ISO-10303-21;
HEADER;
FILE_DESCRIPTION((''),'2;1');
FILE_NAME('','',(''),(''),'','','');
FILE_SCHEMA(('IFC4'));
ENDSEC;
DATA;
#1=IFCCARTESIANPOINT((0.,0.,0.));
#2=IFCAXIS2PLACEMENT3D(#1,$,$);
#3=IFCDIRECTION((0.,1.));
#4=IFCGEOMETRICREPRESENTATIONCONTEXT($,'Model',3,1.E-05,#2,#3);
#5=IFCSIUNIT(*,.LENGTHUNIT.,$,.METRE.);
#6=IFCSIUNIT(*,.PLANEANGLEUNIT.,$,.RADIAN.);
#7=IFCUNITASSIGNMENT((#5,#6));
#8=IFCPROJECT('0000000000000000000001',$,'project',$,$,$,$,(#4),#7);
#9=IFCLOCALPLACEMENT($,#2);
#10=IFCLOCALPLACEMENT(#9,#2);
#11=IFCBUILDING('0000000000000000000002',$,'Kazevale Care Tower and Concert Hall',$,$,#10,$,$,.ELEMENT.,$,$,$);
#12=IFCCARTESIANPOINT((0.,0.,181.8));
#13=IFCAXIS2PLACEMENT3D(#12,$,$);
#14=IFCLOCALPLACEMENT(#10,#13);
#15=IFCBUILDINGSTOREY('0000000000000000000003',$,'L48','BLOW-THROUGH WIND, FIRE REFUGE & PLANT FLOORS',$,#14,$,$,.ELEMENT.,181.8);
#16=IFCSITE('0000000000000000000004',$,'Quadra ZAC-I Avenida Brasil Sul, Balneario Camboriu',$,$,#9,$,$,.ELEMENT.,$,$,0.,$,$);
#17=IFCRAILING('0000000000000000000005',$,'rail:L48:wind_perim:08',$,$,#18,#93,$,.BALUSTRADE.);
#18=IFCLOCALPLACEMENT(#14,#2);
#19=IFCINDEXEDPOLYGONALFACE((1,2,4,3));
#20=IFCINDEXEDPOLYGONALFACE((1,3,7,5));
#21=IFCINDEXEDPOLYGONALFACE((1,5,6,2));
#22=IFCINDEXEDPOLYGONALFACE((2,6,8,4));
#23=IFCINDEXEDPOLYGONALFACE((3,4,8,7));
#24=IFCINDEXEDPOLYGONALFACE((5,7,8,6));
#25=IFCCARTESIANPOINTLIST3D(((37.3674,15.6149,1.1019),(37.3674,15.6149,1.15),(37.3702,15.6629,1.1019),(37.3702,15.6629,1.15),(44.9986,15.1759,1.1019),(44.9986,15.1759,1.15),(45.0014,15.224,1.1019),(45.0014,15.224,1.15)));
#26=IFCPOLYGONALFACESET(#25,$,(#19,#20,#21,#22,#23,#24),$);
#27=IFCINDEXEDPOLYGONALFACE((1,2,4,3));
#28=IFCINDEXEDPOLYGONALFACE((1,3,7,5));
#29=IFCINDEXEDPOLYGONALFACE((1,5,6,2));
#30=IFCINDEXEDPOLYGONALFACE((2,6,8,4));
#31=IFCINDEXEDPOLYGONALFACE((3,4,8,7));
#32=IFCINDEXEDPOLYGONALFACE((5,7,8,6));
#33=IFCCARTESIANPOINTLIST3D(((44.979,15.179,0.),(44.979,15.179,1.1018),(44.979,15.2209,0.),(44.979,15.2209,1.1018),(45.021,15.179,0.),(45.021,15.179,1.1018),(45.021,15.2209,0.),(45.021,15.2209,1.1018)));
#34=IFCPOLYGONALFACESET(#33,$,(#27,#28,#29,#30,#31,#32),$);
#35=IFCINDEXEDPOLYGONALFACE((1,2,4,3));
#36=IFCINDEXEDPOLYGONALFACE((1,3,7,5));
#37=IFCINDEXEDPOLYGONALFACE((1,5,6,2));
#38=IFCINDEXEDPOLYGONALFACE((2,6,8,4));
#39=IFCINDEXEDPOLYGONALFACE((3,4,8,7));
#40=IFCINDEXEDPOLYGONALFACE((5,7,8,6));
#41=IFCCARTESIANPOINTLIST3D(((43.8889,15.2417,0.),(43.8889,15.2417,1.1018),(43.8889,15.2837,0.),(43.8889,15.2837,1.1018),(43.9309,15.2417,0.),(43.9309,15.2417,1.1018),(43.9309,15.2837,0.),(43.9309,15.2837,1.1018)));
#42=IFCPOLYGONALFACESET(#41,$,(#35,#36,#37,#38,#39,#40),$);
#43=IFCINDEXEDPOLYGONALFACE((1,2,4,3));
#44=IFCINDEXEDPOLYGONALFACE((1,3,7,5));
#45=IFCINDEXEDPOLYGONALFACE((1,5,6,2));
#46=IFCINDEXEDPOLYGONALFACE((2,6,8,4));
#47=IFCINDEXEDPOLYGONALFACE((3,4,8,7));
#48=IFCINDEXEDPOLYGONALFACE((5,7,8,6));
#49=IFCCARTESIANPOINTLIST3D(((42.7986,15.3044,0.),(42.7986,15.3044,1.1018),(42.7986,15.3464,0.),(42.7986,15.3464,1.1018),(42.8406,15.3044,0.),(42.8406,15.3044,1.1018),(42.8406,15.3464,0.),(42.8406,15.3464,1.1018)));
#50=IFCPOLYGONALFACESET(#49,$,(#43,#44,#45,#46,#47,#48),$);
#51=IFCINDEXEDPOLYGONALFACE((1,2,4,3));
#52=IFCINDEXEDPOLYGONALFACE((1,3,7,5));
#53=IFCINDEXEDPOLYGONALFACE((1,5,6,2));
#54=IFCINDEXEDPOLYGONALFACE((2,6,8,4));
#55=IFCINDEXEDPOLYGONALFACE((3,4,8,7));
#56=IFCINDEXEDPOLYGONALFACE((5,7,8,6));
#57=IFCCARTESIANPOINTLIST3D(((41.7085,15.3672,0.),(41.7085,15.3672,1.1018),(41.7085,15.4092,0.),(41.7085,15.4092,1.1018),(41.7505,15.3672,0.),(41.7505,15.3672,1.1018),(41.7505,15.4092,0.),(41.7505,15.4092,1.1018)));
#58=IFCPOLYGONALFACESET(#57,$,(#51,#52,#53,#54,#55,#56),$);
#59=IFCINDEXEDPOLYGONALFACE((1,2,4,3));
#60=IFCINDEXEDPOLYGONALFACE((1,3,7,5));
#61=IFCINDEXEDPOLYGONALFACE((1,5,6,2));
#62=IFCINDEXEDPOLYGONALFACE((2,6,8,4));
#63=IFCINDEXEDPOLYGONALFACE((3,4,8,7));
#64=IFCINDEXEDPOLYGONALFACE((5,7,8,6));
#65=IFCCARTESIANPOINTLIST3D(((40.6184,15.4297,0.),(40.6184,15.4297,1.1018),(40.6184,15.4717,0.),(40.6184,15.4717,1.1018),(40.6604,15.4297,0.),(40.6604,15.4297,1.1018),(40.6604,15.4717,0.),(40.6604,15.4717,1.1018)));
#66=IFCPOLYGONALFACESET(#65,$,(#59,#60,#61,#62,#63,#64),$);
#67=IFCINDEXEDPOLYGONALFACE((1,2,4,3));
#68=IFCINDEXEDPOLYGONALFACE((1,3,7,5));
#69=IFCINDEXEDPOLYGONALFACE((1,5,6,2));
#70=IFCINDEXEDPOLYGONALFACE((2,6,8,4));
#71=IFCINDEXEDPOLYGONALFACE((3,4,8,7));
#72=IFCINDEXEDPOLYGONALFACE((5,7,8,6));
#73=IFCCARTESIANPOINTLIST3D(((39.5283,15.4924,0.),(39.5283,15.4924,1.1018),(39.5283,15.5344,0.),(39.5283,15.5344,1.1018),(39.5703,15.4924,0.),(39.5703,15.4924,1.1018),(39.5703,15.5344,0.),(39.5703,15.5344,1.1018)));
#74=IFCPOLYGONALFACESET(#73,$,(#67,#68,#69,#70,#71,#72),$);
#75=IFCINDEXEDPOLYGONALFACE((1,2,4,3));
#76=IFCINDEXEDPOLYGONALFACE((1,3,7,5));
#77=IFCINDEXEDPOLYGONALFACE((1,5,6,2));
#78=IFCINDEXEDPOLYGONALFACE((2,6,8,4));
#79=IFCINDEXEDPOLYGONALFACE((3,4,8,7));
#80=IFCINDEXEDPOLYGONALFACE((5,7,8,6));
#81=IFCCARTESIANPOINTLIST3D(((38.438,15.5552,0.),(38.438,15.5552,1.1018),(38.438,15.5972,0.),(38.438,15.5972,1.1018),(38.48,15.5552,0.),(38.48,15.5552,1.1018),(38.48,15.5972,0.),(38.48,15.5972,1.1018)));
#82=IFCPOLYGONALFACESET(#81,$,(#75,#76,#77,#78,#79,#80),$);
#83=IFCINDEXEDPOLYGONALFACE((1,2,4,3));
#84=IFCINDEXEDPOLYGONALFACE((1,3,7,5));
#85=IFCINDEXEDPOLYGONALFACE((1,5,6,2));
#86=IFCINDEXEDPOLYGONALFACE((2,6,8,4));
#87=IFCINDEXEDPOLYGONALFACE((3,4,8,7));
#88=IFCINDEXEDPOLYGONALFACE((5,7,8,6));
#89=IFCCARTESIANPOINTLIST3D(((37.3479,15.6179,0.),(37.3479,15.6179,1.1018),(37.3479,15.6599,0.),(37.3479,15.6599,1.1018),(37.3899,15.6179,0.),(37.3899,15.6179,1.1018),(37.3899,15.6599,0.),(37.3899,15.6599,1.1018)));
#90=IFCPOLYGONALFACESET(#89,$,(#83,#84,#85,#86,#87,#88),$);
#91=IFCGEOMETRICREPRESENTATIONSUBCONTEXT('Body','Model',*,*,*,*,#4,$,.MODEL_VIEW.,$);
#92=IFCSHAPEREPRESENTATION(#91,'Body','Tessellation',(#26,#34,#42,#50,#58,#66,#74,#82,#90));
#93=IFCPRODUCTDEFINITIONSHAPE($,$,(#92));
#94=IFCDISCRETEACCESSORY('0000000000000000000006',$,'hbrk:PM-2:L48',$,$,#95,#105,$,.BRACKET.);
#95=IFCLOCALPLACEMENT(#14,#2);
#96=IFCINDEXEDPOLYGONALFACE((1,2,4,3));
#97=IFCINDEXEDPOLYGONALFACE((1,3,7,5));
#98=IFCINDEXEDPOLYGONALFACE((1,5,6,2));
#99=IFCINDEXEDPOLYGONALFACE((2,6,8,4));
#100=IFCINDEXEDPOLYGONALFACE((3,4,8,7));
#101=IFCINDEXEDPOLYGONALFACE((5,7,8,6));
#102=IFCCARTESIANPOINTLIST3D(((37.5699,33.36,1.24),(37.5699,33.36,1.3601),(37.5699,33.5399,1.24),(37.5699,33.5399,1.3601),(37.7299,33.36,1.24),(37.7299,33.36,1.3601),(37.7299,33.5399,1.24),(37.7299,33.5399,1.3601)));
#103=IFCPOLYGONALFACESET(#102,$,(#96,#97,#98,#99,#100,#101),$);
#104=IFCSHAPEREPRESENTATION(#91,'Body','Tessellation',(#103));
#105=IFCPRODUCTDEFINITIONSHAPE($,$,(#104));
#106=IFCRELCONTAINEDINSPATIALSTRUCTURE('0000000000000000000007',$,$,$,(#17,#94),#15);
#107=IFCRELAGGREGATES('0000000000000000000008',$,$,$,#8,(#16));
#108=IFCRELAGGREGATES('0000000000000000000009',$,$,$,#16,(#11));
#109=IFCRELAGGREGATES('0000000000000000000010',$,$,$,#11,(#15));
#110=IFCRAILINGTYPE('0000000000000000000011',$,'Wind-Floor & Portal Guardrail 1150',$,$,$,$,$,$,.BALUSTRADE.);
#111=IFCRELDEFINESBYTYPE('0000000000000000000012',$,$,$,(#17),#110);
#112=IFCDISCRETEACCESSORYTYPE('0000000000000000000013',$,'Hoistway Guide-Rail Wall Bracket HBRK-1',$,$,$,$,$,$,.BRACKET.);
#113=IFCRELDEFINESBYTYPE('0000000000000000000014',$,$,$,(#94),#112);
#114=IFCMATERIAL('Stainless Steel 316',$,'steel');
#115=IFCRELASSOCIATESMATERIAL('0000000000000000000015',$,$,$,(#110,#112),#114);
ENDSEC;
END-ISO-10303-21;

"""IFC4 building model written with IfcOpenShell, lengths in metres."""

from ifc_helpers import new_model, si_unit, direction, frame, origin, origin_2d, place, context, subcontext, project, spatial, rectangle, extrude, material, type_object, element, save


model = new_model("IFC4")

# Units and contexts
model_context = context("Model", 3, precision=1e-05, world=origin(), true_north=direction((0.0, 1.0)))
body_context = subcontext(model_context, "Body", "Model", "MODEL_VIEW")
ifc_project = project(units=[si_unit("LENGTHUNIT", "METRE"), si_unit("PLANEANGLEUNIT", "RADIAN")], contexts=[model_context])

# Site, building, storey
site_placement = place(None, origin())
site = spatial("IfcSite", under=ifc_project, at=site_placement, Name="Quadra ZAC-I Avenida Brasil Sul, Balneario Camboriu", CompositionType="ELEMENT", RefElevation=0.0)
building_placement = place(site_placement, origin())
building = spatial("IfcBuilding", under=site, at=building_placement, Name="Kazevale Care Tower and Concert Hall", CompositionType="ELEMENT")
storey_placement = place(building_placement, frame((0.0, 0.0, 181.8)))
storey = spatial("IfcBuildingStorey", under=building, at=storey_placement, Name="L48", Description="BLOW-THROUGH WIND, FIRE REFUGE & PLANT FLOORS", CompositionType="ELEMENT", Elevation=181.8)

# Railing
ifc_material_1 = material(Name="Stainless Steel 316", Category="steel")
railing_type_1 = type_object("IfcRailingType", Name="Wind-Floor & Portal Guardrail 1150", PredefinedType="BALUSTRADE", material=ifc_material_1)
railing_1_placement = place(storey_placement, frame((45.0, 15.2, 0.0)))
element("IfcRailing", 1, at=railing_1_placement, inside=storey, type_object=railing_type_1, Name="rail:L48:wind_perim:08", PredefinedType="BALUSTRADE", context=body_context, shape_type="SweptSolid", body=[
    extrude(rectangle(XDim=0.0481, YDim=0.0481, at=origin_2d()), frame((0.0, 0.0, 1.126), z_axis=(-0.99835, 0.057428, 0.0), x_axis=(-0.057428, -0.99835, 0.0)), (0.0, 0.0, 1.0), 7.6438),
    extrude(rectangle(XDim=0.042, YDim=0.042, at=origin_2d()), origin(), (0.0, 0.0, 1.0), 1.1018),
    extrude(rectangle(XDim=0.042, YDim=0.042, at=origin_2d()), frame((-1.0901, 0.0627, 0.0)), (0.0, 0.0, 1.0), 1.1018),
    extrude(rectangle(XDim=0.042, YDim=0.042, at=origin_2d()), frame((-2.1804, 0.1255, 0.0)), (0.0, 0.0, 1.0), 1.1018),
    extrude(rectangle(XDim=0.042, YDim=0.042, at=origin_2d()), frame((-3.2705, 0.1882, 0.0)), (0.0, 0.0, 1.0), 1.1018),
    extrude(rectangle(XDim=0.042, YDim=0.042, at=origin_2d()), frame((-4.3606, 0.2507, 0.0)), (0.0, 0.0, 1.0), 1.1018),
    extrude(rectangle(XDim=0.042, YDim=0.042, at=origin_2d()), frame((-5.4507, 0.3135, 0.0)), (0.0, 0.0, 1.0), 1.1018),
    extrude(rectangle(XDim=0.042, YDim=0.042, at=origin_2d()), frame((-6.541, 0.3762, 0.0)), (0.0, 0.0, 1.0), 1.1018),
    extrude(rectangle(XDim=0.042, YDim=0.042, at=origin_2d()), frame((-7.6311, 0.439, 0.0)), (0.0, 0.0, 1.0), 1.1018),
])

# Discrete accessory
discrete_accessory_type = type_object("IfcDiscreteAccessoryType", Name="Hoistway Guide-Rail Wall Bracket HBRK-1", PredefinedType="BRACKET", material=ifc_material_1)
discrete_accessory_placement = place(storey_placement, frame((37.6499, 33.45, 1.24), z_axis=(0.0, 0.0, 1.0), x_axis=(1.0, 0.0, 0.0)))
element("IfcDiscreteAccessory", 2, at=discrete_accessory_placement, inside=storey, type_object=discrete_accessory_type, Name="hbrk:PM-2:L48", PredefinedType="BRACKET", context=body_context, shape_type="SweptSolid", body=[
    extrude(rectangle(XDim=0.1599, YDim=0.1799, at=origin_2d()), origin(), (0.0, 0.0, 1.0), 0.1201),
])

save(model, "model.ifc")
